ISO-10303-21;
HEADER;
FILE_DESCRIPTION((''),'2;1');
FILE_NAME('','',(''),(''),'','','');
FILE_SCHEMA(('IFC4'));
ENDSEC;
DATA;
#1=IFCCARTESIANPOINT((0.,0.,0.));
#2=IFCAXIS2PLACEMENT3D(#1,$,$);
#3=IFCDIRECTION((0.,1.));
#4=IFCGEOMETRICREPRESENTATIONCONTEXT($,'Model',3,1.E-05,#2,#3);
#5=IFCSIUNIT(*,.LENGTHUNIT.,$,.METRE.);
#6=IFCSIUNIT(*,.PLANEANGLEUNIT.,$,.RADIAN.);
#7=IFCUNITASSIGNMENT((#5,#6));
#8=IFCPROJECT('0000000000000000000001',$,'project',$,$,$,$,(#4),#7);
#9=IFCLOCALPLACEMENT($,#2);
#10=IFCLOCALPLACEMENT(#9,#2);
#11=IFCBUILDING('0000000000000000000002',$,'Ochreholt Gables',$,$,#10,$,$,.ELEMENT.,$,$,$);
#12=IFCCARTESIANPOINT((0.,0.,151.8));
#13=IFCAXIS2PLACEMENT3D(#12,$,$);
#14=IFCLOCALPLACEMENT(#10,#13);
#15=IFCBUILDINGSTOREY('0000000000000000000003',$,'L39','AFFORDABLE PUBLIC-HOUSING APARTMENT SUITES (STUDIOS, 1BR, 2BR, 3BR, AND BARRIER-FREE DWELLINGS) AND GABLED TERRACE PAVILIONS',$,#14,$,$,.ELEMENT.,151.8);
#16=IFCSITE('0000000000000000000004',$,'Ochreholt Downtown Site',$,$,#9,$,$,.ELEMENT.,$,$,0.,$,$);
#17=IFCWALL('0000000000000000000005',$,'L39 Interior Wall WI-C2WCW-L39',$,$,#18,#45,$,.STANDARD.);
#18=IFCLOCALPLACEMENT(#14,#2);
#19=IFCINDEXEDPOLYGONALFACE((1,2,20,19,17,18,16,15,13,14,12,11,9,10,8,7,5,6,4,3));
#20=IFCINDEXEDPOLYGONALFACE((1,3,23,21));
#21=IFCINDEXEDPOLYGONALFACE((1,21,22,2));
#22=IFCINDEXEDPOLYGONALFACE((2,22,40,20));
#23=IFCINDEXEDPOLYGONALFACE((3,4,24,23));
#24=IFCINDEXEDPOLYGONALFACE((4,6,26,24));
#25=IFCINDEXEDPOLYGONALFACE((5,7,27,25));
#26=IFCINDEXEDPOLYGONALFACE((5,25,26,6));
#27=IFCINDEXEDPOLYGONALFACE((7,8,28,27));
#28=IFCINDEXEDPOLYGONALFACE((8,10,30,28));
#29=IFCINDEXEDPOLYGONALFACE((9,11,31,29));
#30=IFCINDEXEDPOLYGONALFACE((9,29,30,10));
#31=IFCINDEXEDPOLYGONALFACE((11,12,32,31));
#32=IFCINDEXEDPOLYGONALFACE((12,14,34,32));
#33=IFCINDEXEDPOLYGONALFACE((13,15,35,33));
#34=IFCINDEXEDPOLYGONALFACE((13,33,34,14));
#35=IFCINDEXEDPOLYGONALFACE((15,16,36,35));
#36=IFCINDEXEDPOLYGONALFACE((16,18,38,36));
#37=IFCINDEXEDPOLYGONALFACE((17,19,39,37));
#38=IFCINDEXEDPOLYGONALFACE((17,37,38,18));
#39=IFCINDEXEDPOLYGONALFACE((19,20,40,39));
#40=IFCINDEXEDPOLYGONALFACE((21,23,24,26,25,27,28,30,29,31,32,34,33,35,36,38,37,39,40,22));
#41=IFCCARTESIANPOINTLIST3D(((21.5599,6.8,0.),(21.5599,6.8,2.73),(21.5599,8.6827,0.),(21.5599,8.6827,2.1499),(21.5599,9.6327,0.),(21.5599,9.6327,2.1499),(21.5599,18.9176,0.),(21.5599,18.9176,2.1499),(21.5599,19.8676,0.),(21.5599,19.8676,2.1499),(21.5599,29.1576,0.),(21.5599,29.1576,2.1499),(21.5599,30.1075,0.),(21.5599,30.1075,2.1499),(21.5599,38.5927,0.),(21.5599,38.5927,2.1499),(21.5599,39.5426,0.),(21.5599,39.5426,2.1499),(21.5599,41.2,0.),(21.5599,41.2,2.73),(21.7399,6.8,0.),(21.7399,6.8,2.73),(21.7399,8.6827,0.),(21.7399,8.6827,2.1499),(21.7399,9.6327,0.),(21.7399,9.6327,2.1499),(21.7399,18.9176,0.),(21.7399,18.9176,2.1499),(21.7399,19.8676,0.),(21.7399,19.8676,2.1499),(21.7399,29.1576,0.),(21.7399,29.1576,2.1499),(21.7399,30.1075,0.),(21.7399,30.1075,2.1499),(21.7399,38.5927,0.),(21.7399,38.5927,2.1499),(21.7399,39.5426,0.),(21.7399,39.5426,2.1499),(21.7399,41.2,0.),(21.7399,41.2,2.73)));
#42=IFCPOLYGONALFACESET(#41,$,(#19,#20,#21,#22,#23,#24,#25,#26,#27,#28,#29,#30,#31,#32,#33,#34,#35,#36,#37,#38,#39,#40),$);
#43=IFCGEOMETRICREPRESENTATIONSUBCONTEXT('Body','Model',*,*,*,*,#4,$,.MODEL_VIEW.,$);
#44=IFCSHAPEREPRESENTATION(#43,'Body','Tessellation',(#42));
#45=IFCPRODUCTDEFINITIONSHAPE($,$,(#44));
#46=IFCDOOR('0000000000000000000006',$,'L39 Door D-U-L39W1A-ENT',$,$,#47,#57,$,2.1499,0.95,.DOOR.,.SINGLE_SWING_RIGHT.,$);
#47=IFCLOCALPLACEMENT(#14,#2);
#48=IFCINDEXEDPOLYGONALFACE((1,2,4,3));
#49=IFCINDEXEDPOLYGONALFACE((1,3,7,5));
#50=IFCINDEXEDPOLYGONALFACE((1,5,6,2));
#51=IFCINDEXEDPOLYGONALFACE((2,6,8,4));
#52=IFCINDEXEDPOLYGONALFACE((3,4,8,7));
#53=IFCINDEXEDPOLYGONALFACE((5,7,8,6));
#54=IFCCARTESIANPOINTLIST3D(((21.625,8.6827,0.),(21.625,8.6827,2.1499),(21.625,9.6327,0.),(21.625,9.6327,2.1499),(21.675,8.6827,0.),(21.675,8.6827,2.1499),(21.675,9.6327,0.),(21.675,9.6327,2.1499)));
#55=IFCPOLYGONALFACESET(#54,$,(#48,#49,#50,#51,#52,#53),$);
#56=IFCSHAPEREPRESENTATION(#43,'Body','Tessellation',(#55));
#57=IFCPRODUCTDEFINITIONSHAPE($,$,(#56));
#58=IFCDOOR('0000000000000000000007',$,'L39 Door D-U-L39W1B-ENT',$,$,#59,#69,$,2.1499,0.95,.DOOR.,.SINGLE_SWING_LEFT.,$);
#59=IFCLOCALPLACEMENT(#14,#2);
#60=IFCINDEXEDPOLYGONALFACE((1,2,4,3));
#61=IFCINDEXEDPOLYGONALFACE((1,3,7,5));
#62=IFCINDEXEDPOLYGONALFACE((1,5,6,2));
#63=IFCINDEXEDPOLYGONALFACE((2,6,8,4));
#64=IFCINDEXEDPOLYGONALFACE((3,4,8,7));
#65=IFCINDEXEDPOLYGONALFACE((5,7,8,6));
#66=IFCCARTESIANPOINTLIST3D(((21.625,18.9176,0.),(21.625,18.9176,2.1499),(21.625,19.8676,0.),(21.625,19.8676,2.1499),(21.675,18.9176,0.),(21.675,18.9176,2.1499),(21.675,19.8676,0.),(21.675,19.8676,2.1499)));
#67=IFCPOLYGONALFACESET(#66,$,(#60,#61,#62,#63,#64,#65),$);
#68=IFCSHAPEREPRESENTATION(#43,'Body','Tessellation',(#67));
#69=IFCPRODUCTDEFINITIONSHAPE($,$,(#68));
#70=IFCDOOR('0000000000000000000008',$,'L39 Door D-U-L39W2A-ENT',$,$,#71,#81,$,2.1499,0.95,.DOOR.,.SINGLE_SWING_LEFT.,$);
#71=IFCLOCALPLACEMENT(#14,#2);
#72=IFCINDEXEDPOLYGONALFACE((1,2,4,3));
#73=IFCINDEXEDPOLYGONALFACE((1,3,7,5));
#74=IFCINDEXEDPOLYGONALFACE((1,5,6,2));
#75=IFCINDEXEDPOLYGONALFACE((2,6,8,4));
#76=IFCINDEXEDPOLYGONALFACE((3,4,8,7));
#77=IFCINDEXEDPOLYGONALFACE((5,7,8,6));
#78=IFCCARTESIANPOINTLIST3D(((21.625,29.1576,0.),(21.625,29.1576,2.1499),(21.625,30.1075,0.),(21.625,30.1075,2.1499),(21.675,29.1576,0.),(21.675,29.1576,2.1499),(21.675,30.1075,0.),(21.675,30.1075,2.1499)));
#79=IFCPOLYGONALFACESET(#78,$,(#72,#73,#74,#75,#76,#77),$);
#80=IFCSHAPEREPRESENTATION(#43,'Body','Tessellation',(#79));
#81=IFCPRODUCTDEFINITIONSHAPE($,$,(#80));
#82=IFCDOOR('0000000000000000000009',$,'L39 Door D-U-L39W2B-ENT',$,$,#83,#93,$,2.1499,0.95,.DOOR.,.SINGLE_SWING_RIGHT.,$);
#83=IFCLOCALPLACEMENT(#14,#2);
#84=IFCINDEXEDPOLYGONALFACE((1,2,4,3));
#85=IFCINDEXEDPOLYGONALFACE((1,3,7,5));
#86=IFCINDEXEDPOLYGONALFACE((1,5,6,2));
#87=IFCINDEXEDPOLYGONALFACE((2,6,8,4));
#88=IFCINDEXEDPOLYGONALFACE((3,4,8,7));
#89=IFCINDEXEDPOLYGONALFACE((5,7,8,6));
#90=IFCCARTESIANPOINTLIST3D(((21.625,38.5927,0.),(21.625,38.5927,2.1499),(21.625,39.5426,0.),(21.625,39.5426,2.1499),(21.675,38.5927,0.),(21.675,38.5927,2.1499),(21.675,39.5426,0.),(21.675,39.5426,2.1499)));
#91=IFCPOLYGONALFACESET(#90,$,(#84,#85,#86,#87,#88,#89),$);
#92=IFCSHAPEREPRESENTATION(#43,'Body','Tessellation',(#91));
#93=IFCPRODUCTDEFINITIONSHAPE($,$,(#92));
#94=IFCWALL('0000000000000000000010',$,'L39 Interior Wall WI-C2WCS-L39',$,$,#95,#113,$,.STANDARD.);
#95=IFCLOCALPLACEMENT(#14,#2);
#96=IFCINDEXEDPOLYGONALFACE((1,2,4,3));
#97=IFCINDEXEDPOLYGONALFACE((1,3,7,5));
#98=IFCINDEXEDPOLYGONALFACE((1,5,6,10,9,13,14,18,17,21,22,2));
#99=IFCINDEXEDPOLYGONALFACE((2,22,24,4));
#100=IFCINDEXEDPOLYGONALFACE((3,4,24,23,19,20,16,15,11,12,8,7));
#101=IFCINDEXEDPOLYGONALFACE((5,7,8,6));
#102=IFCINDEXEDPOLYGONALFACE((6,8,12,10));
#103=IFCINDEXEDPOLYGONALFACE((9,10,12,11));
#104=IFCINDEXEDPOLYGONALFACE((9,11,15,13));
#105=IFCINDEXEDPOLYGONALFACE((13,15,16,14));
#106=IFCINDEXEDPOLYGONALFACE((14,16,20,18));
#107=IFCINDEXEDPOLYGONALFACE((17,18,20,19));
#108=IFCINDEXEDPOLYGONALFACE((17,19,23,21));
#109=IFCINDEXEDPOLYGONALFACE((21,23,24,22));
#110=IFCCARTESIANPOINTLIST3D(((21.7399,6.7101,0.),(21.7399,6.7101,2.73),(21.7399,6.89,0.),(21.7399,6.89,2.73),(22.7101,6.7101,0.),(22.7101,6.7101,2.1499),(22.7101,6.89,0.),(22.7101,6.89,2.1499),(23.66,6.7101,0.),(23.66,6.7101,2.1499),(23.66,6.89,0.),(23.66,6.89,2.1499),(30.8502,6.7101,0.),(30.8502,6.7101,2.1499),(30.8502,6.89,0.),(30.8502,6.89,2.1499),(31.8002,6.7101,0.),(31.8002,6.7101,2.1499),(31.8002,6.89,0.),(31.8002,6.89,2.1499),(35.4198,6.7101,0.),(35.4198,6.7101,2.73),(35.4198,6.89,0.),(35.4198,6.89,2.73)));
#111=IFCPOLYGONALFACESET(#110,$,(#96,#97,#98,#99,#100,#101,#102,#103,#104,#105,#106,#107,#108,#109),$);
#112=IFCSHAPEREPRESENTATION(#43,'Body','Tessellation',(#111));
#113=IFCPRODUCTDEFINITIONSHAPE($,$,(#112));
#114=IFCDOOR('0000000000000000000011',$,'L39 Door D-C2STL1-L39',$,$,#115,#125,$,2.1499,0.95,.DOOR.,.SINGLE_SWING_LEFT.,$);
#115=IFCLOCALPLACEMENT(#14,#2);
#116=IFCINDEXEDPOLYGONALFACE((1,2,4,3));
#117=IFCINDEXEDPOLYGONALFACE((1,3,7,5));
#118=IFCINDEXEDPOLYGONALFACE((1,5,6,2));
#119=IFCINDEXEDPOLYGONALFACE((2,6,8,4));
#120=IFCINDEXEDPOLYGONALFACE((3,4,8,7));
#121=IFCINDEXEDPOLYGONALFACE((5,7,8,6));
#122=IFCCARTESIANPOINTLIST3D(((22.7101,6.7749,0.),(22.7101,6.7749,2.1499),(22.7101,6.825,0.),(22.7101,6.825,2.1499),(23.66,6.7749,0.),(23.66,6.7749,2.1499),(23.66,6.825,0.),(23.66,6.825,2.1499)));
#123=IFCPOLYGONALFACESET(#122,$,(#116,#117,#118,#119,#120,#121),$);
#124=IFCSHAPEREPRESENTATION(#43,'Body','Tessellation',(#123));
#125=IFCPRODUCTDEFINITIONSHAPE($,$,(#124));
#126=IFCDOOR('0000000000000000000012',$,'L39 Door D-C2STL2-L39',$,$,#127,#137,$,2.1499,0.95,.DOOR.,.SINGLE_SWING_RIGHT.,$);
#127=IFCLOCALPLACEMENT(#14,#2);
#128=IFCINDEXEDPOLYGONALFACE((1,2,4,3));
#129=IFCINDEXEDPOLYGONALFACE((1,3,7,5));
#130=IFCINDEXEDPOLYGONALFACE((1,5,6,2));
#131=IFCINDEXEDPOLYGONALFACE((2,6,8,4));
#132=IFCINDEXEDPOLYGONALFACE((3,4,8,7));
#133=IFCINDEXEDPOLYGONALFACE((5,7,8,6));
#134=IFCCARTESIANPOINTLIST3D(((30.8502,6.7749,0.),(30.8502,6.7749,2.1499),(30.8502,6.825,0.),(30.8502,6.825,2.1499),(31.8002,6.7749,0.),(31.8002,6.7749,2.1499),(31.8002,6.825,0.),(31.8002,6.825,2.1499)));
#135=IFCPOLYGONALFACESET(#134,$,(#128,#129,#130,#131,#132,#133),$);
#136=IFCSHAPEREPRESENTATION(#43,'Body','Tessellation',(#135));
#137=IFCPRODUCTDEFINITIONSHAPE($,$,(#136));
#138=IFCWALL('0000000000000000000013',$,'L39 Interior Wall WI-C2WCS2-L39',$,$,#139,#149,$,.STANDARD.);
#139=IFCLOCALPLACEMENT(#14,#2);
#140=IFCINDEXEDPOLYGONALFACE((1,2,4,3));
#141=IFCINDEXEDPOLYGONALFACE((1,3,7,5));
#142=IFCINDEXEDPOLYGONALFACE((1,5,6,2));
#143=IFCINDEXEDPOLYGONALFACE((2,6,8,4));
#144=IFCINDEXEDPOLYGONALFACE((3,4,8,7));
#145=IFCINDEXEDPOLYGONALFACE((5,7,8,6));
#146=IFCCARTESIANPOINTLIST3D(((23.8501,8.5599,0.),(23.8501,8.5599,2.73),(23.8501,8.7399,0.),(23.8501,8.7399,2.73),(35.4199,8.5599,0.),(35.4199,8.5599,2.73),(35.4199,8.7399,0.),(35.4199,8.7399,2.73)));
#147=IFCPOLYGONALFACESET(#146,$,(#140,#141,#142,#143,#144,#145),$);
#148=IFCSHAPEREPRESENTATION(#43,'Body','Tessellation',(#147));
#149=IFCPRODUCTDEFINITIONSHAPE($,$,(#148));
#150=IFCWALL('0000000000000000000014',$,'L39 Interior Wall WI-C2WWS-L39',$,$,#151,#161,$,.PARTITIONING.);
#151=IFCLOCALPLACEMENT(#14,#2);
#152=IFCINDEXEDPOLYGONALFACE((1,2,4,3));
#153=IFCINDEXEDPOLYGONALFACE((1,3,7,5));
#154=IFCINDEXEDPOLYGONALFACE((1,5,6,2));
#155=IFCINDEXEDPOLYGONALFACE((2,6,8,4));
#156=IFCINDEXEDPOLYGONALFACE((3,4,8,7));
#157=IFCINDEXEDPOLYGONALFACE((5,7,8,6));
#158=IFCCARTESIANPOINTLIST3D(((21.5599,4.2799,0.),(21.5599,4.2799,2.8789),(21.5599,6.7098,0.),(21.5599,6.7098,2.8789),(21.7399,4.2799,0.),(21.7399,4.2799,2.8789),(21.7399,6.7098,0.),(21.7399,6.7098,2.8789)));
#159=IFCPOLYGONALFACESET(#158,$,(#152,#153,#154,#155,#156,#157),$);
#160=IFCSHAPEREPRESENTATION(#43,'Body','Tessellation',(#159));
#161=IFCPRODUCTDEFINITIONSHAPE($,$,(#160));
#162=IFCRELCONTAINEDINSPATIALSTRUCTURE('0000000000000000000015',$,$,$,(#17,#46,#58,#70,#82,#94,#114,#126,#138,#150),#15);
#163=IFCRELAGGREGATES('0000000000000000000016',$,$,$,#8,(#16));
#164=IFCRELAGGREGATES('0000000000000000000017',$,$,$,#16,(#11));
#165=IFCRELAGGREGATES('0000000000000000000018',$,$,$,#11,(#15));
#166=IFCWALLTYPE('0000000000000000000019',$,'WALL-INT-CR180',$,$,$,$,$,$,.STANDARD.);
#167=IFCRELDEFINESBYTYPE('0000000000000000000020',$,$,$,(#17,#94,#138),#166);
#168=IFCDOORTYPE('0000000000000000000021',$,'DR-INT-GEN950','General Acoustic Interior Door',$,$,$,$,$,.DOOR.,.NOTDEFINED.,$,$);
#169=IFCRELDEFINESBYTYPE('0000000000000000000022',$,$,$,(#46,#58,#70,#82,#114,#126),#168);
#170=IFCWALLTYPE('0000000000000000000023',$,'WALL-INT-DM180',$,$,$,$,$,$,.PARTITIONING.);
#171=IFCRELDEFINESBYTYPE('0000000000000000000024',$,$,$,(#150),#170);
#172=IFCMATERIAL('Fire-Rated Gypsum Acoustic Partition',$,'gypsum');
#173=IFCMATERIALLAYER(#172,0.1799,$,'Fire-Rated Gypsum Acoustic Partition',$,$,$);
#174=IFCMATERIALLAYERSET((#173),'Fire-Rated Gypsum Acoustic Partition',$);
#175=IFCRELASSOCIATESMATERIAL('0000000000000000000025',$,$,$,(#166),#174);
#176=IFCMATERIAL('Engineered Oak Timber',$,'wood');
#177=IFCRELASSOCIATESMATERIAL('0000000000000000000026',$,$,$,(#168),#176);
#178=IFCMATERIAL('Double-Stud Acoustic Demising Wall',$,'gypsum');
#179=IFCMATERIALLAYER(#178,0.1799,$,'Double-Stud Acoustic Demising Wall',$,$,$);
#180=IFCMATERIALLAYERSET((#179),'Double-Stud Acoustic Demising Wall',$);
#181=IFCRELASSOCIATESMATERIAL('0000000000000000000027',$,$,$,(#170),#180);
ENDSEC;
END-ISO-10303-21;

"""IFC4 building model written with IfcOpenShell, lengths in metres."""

from ifc_helpers import new_model, si_unit, direction, frame, frame_2d, origin, place, context, subcontext, project, spatial, rectangle, extrude, material, layer, layer_set, type_object, element, fill, save


model = new_model("IFC4")

# Units and contexts
model_context = context("Model", 3, precision=1e-05, world=origin(), true_north=direction((0.0, 1.0)))
body_context = subcontext(model_context, "Body", "Model", "MODEL_VIEW")
ifc_project = project(units=[si_unit("LENGTHUNIT", "METRE"), si_unit("PLANEANGLEUNIT", "RADIAN")], contexts=[model_context])

# Site, building, storey
site_placement = place(None, origin())
site = spatial("IfcSite", under=ifc_project, at=site_placement, Name="Ochreholt Downtown Site", CompositionType="ELEMENT", RefElevation=0.0)
building_placement = place(site_placement, origin())
building = spatial("IfcBuilding", under=site, at=building_placement, Name="Ochreholt Gables", CompositionType="ELEMENT")
storey_placement = place(building_placement, frame((0.0, 0.0, 151.8)))
storey = spatial("IfcBuildingStorey", under=building, at=storey_placement, Name="L39", Description="AFFORDABLE PUBLIC-HOUSING APARTMENT SUITES (STUDIOS, 1BR, 2BR, 3BR, AND BARRIER-FREE DWELLINGS) AND GABLED TERRACE PAVILIONS", CompositionType="ELEMENT", Elevation=151.8)

# Walls, openings, doors
ifc_material_1 = material(Name="Fire-Rated Gypsum Acoustic Partition", Category="gypsum")
ifc_layer_1 = layer(ifc_material_1, 0.1799, Name="Fire-Rated Gypsum Acoustic Partition")
ifc_layer_set_1 = layer_set([ifc_layer_1], Name="Fire-Rated Gypsum Acoustic Partition")
wall_type_1 = type_object("IfcWallType", Name="WALL-INT-CR180", PredefinedType="STANDARD", material=ifc_layer_set_1)
wall_1_placement = place(storey_placement, frame((21.6499, 6.8, 0.0), z_axis=(0.0, 0.0, 1.0), x_axis=(0.0, 1.0, 0.0)))
wall_1 = element("IfcWall", 1, at=wall_1_placement, inside=storey, type_object=wall_type_1, Name="L39 Interior Wall WI-C2WCW-L39", PredefinedType="STANDARD", context=body_context, shape_type="SweptSolid", body=[
    extrude(rectangle(XDim=34.3999, YDim=0.1799, at=frame_2d((17.2, 0.0))), origin(), (0.0, 0.0, 1.0), 2.73),
])
opening_1_placement = place(wall_1_placement, frame((1.8826, 0.0, 0.0)))
opening_1 = element("IfcOpeningElement", 2, at=opening_1_placement, cuts=wall_1, PredefinedType="OPENING", context=body_context, shape_type="SweptSolid", body=[
    extrude(rectangle(XDim=0.95, YDim=2.1499, at=frame_2d((0.4751, 1.075))), frame((0.0, 0.0999, 0.0), z_axis=(0.0, -1.0, 0.0), x_axis=(1.0, 0.0, 0.0)), (0.0, 0.0, 1.0), 0.2),
])
opening_2_placement = place(wall_1_placement, frame((12.1174, 0.0, 0.0)))
opening_2 = element("IfcOpeningElement", 3, at=opening_2_placement, cuts=wall_1, PredefinedType="OPENING", context=body_context, shape_type="SweptSolid", body=[
    extrude(rectangle(XDim=0.95, YDim=2.1499, at=frame_2d((0.4751, 1.075))), frame((0.0, 0.0999, 0.0), z_axis=(0.0, -1.0, 0.0), x_axis=(1.0, 0.0, 0.0)), (0.0, 0.0, 1.0), 0.2),
])
opening_3_placement = place(wall_1_placement, frame((22.3574, 0.0, 0.0)))
opening_3 = element("IfcOpeningElement", 4, at=opening_3_placement, cuts=wall_1, PredefinedType="OPENING", context=body_context, shape_type="SweptSolid", body=[
    extrude(rectangle(XDim=0.95, YDim=2.1499, at=frame_2d((0.4751, 1.075))), frame((0.0, 0.0999, 0.0), z_axis=(0.0, -1.0, 0.0), x_axis=(1.0, 0.0, 0.0)), (0.0, 0.0, 1.0), 0.2),
])
opening_4_placement = place(wall_1_placement, frame((31.7925, 0.0, 0.0)))
opening_4 = element("IfcOpeningElement", 5, at=opening_4_placement, cuts=wall_1, PredefinedType="OPENING", context=body_context, shape_type="SweptSolid", body=[
    extrude(rectangle(XDim=0.95, YDim=2.1499, at=frame_2d((0.4751, 1.075))), frame((0.0, 0.0999, 0.0), z_axis=(0.0, -1.0, 0.0), x_axis=(1.0, 0.0, 0.0)), (0.0, 0.0, 1.0), 0.2),
])
ifc_material_2 = material(Name="Engineered Oak Timber", Category="wood")
door_type = type_object("IfcDoorType", Name="DR-INT-GEN950", Description="General Acoustic Interior Door", OperationType="NOTDEFINED", PredefinedType="DOOR", material=ifc_material_2)
door_1_placement = place(opening_1_placement, origin())
door_1 = element("IfcDoor", 6, at=door_1_placement, inside=storey, type_object=door_type, Name="L39 Door D-U-L39W1A-ENT", OperationType="SINGLE_SWING_RIGHT", OverallHeight=2.1499, OverallWidth=0.95, PredefinedType="DOOR", context=body_context, shape_type="SweptSolid", body=[
    extrude(rectangle(XDim=0.95, YDim=2.1499, at=frame_2d((0.4751, 1.075))), frame((0.0, 0.0249, 0.0), z_axis=(0.0, -1.0, 0.0), x_axis=(1.0, 0.0, 0.0)), (0.0, 0.0, 1.0), 0.05),
])
fill(opening_1, door_1)
door_2_placement = place(opening_2_placement, origin())
door_2 = element("IfcDoor", 7, at=door_2_placement, inside=storey, type_object=door_type, Name="L39 Door D-U-L39W1B-ENT", OperationType="SINGLE_SWING_LEFT", OverallHeight=2.1499, OverallWidth=0.95, PredefinedType="DOOR", context=body_context, shape_type="SweptSolid", body=[
    extrude(rectangle(XDim=0.95, YDim=2.1499, at=frame_2d((0.4751, 1.075))), frame((0.0, 0.0249, 0.0), z_axis=(0.0, -1.0, 0.0), x_axis=(1.0, 0.0, 0.0)), (0.0, 0.0, 1.0), 0.05),
])
fill(opening_2, door_2)
door_3_placement = place(opening_3_placement, origin())
door_3 = element("IfcDoor", 8, at=door_3_placement, inside=storey, type_object=door_type, Name="L39 Door D-U-L39W2A-ENT", OperationType="SINGLE_SWING_LEFT", OverallHeight=2.1499, OverallWidth=0.95, PredefinedType="DOOR", context=body_context, shape_type="SweptSolid", body=[
    extrude(rectangle(XDim=0.95, YDim=2.1499, at=frame_2d((0.4751, 1.075))), frame((0.0, 0.0249, 0.0), z_axis=(0.0, -1.0, 0.0), x_axis=(1.0, 0.0, 0.0)), (0.0, 0.0, 1.0), 0.05),
])
fill(opening_3, door_3)
door_4_placement = place(opening_4_placement, origin())
door_4 = element("IfcDoor", 9, at=door_4_placement, inside=storey, type_object=door_type, Name="L39 Door D-U-L39W2B-ENT", OperationType="SINGLE_SWING_RIGHT", OverallHeight=2.1499, OverallWidth=0.95, PredefinedType="DOOR", context=body_context, shape_type="SweptSolid", body=[
    extrude(rectangle(XDim=0.95, YDim=2.1499, at=frame_2d((0.4751, 1.075))), frame((0.0, 0.0249, 0.0), z_axis=(0.0, -1.0, 0.0), x_axis=(1.0, 0.0, 0.0)), (0.0, 0.0, 1.0), 0.05),
])
fill(opening_4, door_4)
wall_2_placement = place(storey_placement, frame((21.74, 6.8, 0.0), z_axis=(0.0, 0.0, 1.0), x_axis=(1.0, 0.0, 0.0)))
wall_2 = element("IfcWall", 10, at=wall_2_placement, inside=storey, type_object=wall_type_1, Name="L39 Interior Wall WI-C2WCS-L39", PredefinedType="STANDARD", context=body_context, shape_type="SweptSolid", body=[
    extrude(rectangle(XDim=13.6799, YDim=0.1799, at=frame_2d((6.8398, 0.0))), origin(), (0.0, 0.0, 1.0), 2.73),
])
opening_5_placement = place(wall_2_placement, frame((0.97, 0.0, 0.0)))
opening_5 = element("IfcOpeningElement", 11, at=opening_5_placement, cuts=wall_2, PredefinedType="OPENING", context=body_context, shape_type="SweptSolid", body=[
    extrude(rectangle(XDim=0.95, YDim=2.1499, at=frame_2d((0.4751, 1.075))), frame((0.0, 0.0999, 0.0), z_axis=(0.0, -1.0, 0.0), x_axis=(1.0, 0.0, 0.0)), (0.0, 0.0, 1.0), 0.2),
])
opening_6_placement = place(wall_2_placement, frame((9.1101, 0.0, 0.0)))
opening_6 = element("IfcOpeningElement", 12, at=opening_6_placement, cuts=wall_2, PredefinedType="OPENING", context=body_context, shape_type="SweptSolid", body=[
    extrude(rectangle(XDim=0.95, YDim=2.1499, at=frame_2d((0.4751, 1.075))), frame((0.0, 0.0999, 0.0), z_axis=(0.0, -1.0, 0.0), x_axis=(1.0, 0.0, 0.0)), (0.0, 0.0, 1.0), 0.2),
])
door_5_placement = place(opening_5_placement, origin())
door_5 = element("IfcDoor", 13, at=door_5_placement, inside=storey, type_object=door_type, Name="L39 Door D-C2STL1-L39", OperationType="SINGLE_SWING_LEFT", OverallHeight=2.1499, OverallWidth=0.95, PredefinedType="DOOR", context=body_context, shape_type="SweptSolid", body=[
    extrude(rectangle(XDim=0.95, YDim=2.1499, at=frame_2d((0.4751, 1.075))), frame((0.0, 0.0249, 0.0), z_axis=(0.0, -1.0, 0.0), x_axis=(1.0, 0.0, 0.0)), (0.0, 0.0, 1.0), 0.05),
])
fill(opening_5, door_5)
door_6_placement = place(opening_6_placement, origin())
door_6 = element("IfcDoor", 14, at=door_6_placement, inside=storey, type_object=door_type, Name="L39 Door D-C2STL2-L39", OperationType="SINGLE_SWING_RIGHT", OverallHeight=2.1499, OverallWidth=0.95, PredefinedType="DOOR", context=body_context, shape_type="SweptSolid", body=[
    extrude(rectangle(XDim=0.95, YDim=2.1499, at=frame_2d((0.4751, 1.075))), frame((0.0, 0.0249, 0.0), z_axis=(0.0, -1.0, 0.0), x_axis=(1.0, 0.0, 0.0)), (0.0, 0.0, 1.0), 0.05),
])
fill(opening_6, door_6)

# Walls
wall_3_placement = place(storey_placement, frame((23.8501, 8.6499, 0.0), z_axis=(0.0, 0.0, 1.0), x_axis=(1.0, 0.0, 0.0)))
element("IfcWall", 15, at=wall_3_placement, inside=storey, type_object=wall_type_1, Name="L39 Interior Wall WI-C2WCS2-L39", PredefinedType="STANDARD", context=body_context, shape_type="SweptSolid", body=[
    extrude(rectangle(XDim=11.5698, YDim=0.1799, at=frame_2d((5.7849, 0.0))), origin(), (0.0, 0.0, 1.0), 2.73),
])
ifc_material_3 = material(Name="Double-Stud Acoustic Demising Wall", Category="gypsum")
ifc_layer_2 = layer(ifc_material_3, 0.1799, Name="Double-Stud Acoustic Demising Wall")
ifc_layer_set_2 = layer_set([ifc_layer_2], Name="Double-Stud Acoustic Demising Wall")
wall_type_2 = type_object("IfcWallType", Name="WALL-INT-DM180", PredefinedType="PARTITIONING", material=ifc_layer_set_2)
wall_4_placement = place(storey_placement, frame((21.6499, 4.28, 0.0), z_axis=(0.0, 0.0, 1.0), x_axis=(0.0, 1.0, 0.0)))
element("IfcWall", 16, at=wall_4_placement, inside=storey, type_object=wall_type_2, Name="L39 Interior Wall WI-C2WWS-L39", PredefinedType="PARTITIONING", context=body_context, shape_type="SweptSolid", body=[
    extrude(rectangle(XDim=2.4299, YDim=0.1799, at=frame_2d((1.2148, 0.0))), origin(), (0.0, 0.0, 1.0), 2.8789),
])

save(model, "model.ifc")
